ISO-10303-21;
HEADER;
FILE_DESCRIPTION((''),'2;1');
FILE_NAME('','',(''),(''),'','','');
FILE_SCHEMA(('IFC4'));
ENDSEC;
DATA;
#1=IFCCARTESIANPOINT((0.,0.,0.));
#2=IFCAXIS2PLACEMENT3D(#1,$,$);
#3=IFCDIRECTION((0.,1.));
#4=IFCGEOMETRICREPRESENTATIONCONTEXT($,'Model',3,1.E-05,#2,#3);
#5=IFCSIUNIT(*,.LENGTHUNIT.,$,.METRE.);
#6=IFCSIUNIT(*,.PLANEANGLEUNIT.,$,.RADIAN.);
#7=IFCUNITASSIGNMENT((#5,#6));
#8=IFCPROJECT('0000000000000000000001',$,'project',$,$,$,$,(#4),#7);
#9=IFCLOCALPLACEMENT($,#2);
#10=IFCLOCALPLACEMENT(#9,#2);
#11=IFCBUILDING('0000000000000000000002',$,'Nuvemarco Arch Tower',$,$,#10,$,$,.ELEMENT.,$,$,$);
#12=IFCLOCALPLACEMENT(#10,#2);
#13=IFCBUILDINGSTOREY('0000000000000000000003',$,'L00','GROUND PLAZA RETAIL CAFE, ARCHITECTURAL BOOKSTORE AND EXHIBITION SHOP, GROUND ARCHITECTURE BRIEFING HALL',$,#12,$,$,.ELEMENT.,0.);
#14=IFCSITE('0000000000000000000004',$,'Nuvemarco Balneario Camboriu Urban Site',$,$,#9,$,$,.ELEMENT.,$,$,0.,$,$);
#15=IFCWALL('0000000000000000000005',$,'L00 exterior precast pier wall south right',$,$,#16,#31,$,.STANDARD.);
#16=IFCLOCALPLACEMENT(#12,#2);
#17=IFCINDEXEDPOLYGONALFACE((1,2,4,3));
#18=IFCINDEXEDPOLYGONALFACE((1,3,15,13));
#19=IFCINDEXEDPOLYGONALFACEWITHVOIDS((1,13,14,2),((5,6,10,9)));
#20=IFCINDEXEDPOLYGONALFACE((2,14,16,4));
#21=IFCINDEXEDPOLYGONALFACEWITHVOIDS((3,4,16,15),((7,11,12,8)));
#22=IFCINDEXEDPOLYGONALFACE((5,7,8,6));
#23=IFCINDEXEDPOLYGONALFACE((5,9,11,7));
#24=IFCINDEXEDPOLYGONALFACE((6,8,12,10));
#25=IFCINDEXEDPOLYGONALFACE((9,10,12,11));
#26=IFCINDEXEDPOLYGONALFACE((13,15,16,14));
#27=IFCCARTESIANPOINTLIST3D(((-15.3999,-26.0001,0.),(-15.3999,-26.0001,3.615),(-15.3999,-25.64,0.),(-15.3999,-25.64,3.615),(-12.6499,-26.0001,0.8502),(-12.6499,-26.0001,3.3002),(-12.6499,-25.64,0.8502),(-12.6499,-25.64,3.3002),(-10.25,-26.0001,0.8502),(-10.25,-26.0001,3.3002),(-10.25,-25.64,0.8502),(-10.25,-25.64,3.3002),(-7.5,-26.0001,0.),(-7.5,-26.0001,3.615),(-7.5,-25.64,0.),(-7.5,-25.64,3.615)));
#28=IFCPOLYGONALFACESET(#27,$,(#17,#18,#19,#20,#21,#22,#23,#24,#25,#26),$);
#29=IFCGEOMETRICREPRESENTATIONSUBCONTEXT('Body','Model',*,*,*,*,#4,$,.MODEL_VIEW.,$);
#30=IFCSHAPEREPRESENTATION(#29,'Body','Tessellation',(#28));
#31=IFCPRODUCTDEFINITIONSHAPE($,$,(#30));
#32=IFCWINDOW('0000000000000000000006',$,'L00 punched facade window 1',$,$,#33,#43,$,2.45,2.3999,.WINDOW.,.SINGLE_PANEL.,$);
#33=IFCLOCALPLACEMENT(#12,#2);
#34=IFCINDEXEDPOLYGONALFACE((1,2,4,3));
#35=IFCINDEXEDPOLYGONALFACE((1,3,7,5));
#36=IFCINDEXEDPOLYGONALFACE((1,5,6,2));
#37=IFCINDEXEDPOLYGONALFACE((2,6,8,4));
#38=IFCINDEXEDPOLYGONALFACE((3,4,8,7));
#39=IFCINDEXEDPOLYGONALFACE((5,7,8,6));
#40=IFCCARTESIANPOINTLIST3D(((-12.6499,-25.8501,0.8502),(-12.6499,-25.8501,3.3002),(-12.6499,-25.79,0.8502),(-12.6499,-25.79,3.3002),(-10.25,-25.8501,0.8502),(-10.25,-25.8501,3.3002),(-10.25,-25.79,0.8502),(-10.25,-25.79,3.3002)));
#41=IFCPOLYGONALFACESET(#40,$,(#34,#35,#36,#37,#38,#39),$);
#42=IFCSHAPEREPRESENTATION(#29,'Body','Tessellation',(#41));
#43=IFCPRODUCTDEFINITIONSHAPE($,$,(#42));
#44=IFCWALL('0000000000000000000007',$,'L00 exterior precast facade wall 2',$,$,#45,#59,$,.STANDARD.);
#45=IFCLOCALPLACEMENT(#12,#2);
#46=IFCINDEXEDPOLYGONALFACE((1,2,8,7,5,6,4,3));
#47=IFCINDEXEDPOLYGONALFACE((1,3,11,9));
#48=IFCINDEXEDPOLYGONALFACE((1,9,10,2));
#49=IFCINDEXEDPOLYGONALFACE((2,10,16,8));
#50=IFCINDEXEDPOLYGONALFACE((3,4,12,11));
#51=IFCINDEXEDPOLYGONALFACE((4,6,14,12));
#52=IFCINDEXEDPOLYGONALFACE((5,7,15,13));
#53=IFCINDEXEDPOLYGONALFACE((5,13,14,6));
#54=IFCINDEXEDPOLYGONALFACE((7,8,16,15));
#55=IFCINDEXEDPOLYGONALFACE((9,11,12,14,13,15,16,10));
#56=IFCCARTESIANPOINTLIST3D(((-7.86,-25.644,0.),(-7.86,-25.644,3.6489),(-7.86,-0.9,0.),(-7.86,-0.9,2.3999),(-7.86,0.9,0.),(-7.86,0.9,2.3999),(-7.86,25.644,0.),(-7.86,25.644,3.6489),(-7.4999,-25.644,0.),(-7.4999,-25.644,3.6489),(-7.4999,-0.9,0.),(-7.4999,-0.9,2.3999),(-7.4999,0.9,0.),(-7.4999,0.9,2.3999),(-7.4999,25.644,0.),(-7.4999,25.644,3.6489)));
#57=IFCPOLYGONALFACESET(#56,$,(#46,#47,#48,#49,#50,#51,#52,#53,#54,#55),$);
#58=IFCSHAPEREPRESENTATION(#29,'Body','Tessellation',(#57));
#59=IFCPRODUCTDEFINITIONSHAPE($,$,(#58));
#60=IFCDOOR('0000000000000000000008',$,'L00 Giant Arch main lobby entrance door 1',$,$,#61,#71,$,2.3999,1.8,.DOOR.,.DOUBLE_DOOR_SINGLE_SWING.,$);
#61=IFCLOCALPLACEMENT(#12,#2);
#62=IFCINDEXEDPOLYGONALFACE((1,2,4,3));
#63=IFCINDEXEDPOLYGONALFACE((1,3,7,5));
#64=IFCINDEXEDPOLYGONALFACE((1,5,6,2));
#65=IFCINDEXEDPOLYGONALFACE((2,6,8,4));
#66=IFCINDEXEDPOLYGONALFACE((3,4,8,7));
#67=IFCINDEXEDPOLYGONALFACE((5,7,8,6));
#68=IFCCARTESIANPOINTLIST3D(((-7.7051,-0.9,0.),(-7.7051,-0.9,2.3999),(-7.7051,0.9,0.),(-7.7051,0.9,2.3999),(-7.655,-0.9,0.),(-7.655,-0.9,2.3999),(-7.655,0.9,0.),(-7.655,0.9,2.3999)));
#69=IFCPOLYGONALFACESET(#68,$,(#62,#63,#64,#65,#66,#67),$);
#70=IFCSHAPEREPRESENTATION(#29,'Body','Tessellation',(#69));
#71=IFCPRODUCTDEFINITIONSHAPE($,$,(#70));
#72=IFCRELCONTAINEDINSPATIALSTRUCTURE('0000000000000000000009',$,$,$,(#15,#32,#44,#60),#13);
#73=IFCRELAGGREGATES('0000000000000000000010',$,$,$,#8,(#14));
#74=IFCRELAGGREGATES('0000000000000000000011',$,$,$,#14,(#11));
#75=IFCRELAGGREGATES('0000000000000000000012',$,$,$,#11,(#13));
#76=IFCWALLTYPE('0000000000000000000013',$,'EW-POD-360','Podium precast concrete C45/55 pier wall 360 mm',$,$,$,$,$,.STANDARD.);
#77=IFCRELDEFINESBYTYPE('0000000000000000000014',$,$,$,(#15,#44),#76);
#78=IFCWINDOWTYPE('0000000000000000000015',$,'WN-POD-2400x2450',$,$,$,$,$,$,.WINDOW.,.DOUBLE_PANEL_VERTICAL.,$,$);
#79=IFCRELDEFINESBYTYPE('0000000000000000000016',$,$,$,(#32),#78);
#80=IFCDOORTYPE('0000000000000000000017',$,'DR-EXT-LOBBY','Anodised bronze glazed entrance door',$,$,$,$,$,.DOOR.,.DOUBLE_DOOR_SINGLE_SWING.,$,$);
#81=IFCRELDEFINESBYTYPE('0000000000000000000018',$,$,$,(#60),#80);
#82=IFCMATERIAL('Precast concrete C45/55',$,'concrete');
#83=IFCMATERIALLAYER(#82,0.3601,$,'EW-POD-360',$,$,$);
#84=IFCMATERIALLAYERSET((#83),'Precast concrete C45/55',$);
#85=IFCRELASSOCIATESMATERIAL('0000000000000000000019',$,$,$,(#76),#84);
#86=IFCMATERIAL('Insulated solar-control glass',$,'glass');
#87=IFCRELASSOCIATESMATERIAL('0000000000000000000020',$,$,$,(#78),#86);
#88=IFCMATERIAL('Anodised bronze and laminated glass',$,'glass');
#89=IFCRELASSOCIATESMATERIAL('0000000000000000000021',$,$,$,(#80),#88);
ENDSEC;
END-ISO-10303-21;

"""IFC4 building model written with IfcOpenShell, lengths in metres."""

from ifc_helpers import new_model, si_unit, direction, frame, frame_2d, origin, place, context, subcontext, project, spatial, rectangle, extrude, source, transform, mapped, material, layer, layer_set, type_object, type_shapes, element, fill, save


model = new_model("IFC4")

# Units and contexts
model_context = context("Model", 3, precision=1e-05, world=origin(), true_north=direction((0.0, 1.0)))
body_context = subcontext(model_context, "Body", "Model", "MODEL_VIEW")
ifc_project = project(units=[si_unit("LENGTHUNIT", "METRE"), si_unit("PLANEANGLEUNIT", "RADIAN")], contexts=[model_context])

# Site, building, storey
site_placement = place(None, origin())
site = spatial("IfcSite", under=ifc_project, at=site_placement, Name="Nuvemarco Balneario Camboriu Urban Site", CompositionType="ELEMENT", RefElevation=0.0)
building_placement = place(site_placement, origin())
building = spatial("IfcBuilding", under=site, at=building_placement, Name="Nuvemarco Arch Tower", CompositionType="ELEMENT")
storey_placement = place(building_placement, origin())
storey = spatial("IfcBuildingStorey", under=building, at=storey_placement, Name="L00", Description="GROUND PLAZA RETAIL CAFE, ARCHITECTURAL BOOKSTORE AND EXHIBITION SHOP, GROUND ARCHITECTURE BRIEFING HALL", CompositionType="ELEMENT", Elevation=0.0)

# Wall, opening, window
ifc_material_1 = material(Name="Precast concrete C45/55", Category="concrete")
ifc_layer_1 = layer(ifc_material_1, 0.3601, Name="EW-POD-360")
ifc_layer_set_1 = layer_set([ifc_layer_1], Name="Precast concrete C45/55")
wall_type = type_object("IfcWallType", Name="EW-POD-360", Description="Podium precast concrete C45/55 pier wall 360 mm", PredefinedType="STANDARD", material=ifc_layer_set_1)
wall_1_placement = place(storey_placement, frame((-15.3999, -25.8201, 0.0), z_axis=(0.0, 0.0, 1.0), x_axis=(1.0, 0.0, 0.0)))
wall_1 = element("IfcWall", 1, at=wall_1_placement, inside=storey, type_object=wall_type, Name="L00 exterior precast pier wall south right", PredefinedType="STANDARD", context=body_context, shape_type="SweptSolid", body=[
    extrude(rectangle(XDim=7.8999, YDim=0.3601, at=frame_2d((3.95, 0.0))), origin(), (0.0, 0.0, 1.0), 3.615),
])
opening_1_placement = place(wall_1_placement, frame((2.75, 0.0, 0.8501)))
opening_1 = element("IfcOpeningElement", 2, at=opening_1_placement, cuts=wall_1, PredefinedType="OPENING", context=body_context, shape_type="SweptSolid", body=[
    extrude(rectangle(XDim=2.3999, YDim=2.45, at=frame_2d((1.2, 1.2251))), frame((0.0, 0.1899, 0.0), z_axis=(0.0, -1.0, 0.0), x_axis=(1.0, 0.0, 0.0)), (0.0, 0.0, 1.0), 0.3801),
])
ifc_material_2 = material(Name="Insulated solar-control glass", Category="glass")
window_type = type_object("IfcWindowType", Name="WN-POD-2400x2450", PartitioningType="DOUBLE_PANEL_VERTICAL", PredefinedType="WINDOW", material=ifc_material_2)
shared_shape_1 = source(origin(), body_context, "Body", "SweptSolid", [
    extrude(rectangle(XDim=2.3999, YDim=2.45, at=frame_2d((1.2, 1.2251))), frame((0.0, 0.03, 0.0), z_axis=(0.0, -1.0, 0.0), x_axis=(1.0, 0.0, 0.0)), (0.0, 0.0, 1.0), 0.0601),
])
type_shapes(window_type, [shared_shape_1])
window_placement = place(opening_1_placement, origin())
window = element("IfcWindow", 3, at=window_placement, inside=storey, type_object=window_type, Name="L00 punched facade window 1", OverallHeight=2.45, OverallWidth=2.3999, PartitioningType="SINGLE_PANEL", PredefinedType="WINDOW", context=body_context, shape_type="MappedRepresentation", body=[
    mapped(shared_shape_1, transform((0.0, 0.0, 0.0), scale=1.0)),
])
fill(opening_1, window)

# Wall, opening, door
wall_2_placement = place(storey_placement, frame((-7.6799, -25.644, 0.0), z_axis=(0.0, 0.0, 1.0), x_axis=(0.0, 1.0, 0.0)))
wall_2 = element("IfcWall", 4, at=wall_2_placement, inside=storey, type_object=wall_type, Name="L00 exterior precast facade wall 2", PredefinedType="STANDARD", context=body_context, shape_type="SweptSolid", body=[
    extrude(rectangle(XDim=51.2881, YDim=0.3601, at=frame_2d((25.644, 0.0))), origin(), (0.0, 0.0, 1.0), 3.6489),
])
opening_2_placement = place(wall_2_placement, frame((26.5439, 0.0, 0.0), z_axis=(0.0, 0.0, 1.0), x_axis=(-1.0, 0.0, 0.0)))
opening_2 = element("IfcOpeningElement", 5, at=opening_2_placement, cuts=wall_2, PredefinedType="OPENING", context=body_context, shape_type="SweptSolid", body=[
    extrude(rectangle(XDim=1.8, YDim=2.3999, at=frame_2d((0.8999, 1.2))), frame((0.0, 0.1899, 0.0), z_axis=(0.0, -1.0, 0.0), x_axis=(1.0, 0.0, 0.0)), (0.0, 0.0, 1.0), 0.3801),
])
ifc_material_3 = material(Name="Anodised bronze and laminated glass", Category="glass")
door_type = type_object("IfcDoorType", Name="DR-EXT-LOBBY", Description="Anodised bronze glazed entrance door", OperationType="DOUBLE_DOOR_SINGLE_SWING", PredefinedType="DOOR", material=ifc_material_3)
shared_shape_2 = source(origin(), body_context, "Body", "SweptSolid", [
    extrude(rectangle(XDim=1.8, YDim=2.3999, at=frame_2d((0.8999, 1.2))), frame((0.0, 0.0249, 0.0), z_axis=(0.0, -1.0, 0.0), x_axis=(1.0, 0.0, 0.0)), (0.0, 0.0, 1.0), 0.05),
])
type_shapes(door_type, [shared_shape_2])
door_placement = place(opening_2_placement, origin())
door = element("IfcDoor", 6, at=door_placement, inside=storey, type_object=door_type, Name="L00 Giant Arch main lobby entrance door 1", OperationType="DOUBLE_DOOR_SINGLE_SWING", OverallHeight=2.3999, OverallWidth=1.8, PredefinedType="DOOR", context=body_context, shape_type="MappedRepresentation", body=[
    mapped(shared_shape_2, transform((0.0, 0.0, 0.0), scale=1.0)),
])
fill(opening_2, door)

save(model, "model.ifc")
